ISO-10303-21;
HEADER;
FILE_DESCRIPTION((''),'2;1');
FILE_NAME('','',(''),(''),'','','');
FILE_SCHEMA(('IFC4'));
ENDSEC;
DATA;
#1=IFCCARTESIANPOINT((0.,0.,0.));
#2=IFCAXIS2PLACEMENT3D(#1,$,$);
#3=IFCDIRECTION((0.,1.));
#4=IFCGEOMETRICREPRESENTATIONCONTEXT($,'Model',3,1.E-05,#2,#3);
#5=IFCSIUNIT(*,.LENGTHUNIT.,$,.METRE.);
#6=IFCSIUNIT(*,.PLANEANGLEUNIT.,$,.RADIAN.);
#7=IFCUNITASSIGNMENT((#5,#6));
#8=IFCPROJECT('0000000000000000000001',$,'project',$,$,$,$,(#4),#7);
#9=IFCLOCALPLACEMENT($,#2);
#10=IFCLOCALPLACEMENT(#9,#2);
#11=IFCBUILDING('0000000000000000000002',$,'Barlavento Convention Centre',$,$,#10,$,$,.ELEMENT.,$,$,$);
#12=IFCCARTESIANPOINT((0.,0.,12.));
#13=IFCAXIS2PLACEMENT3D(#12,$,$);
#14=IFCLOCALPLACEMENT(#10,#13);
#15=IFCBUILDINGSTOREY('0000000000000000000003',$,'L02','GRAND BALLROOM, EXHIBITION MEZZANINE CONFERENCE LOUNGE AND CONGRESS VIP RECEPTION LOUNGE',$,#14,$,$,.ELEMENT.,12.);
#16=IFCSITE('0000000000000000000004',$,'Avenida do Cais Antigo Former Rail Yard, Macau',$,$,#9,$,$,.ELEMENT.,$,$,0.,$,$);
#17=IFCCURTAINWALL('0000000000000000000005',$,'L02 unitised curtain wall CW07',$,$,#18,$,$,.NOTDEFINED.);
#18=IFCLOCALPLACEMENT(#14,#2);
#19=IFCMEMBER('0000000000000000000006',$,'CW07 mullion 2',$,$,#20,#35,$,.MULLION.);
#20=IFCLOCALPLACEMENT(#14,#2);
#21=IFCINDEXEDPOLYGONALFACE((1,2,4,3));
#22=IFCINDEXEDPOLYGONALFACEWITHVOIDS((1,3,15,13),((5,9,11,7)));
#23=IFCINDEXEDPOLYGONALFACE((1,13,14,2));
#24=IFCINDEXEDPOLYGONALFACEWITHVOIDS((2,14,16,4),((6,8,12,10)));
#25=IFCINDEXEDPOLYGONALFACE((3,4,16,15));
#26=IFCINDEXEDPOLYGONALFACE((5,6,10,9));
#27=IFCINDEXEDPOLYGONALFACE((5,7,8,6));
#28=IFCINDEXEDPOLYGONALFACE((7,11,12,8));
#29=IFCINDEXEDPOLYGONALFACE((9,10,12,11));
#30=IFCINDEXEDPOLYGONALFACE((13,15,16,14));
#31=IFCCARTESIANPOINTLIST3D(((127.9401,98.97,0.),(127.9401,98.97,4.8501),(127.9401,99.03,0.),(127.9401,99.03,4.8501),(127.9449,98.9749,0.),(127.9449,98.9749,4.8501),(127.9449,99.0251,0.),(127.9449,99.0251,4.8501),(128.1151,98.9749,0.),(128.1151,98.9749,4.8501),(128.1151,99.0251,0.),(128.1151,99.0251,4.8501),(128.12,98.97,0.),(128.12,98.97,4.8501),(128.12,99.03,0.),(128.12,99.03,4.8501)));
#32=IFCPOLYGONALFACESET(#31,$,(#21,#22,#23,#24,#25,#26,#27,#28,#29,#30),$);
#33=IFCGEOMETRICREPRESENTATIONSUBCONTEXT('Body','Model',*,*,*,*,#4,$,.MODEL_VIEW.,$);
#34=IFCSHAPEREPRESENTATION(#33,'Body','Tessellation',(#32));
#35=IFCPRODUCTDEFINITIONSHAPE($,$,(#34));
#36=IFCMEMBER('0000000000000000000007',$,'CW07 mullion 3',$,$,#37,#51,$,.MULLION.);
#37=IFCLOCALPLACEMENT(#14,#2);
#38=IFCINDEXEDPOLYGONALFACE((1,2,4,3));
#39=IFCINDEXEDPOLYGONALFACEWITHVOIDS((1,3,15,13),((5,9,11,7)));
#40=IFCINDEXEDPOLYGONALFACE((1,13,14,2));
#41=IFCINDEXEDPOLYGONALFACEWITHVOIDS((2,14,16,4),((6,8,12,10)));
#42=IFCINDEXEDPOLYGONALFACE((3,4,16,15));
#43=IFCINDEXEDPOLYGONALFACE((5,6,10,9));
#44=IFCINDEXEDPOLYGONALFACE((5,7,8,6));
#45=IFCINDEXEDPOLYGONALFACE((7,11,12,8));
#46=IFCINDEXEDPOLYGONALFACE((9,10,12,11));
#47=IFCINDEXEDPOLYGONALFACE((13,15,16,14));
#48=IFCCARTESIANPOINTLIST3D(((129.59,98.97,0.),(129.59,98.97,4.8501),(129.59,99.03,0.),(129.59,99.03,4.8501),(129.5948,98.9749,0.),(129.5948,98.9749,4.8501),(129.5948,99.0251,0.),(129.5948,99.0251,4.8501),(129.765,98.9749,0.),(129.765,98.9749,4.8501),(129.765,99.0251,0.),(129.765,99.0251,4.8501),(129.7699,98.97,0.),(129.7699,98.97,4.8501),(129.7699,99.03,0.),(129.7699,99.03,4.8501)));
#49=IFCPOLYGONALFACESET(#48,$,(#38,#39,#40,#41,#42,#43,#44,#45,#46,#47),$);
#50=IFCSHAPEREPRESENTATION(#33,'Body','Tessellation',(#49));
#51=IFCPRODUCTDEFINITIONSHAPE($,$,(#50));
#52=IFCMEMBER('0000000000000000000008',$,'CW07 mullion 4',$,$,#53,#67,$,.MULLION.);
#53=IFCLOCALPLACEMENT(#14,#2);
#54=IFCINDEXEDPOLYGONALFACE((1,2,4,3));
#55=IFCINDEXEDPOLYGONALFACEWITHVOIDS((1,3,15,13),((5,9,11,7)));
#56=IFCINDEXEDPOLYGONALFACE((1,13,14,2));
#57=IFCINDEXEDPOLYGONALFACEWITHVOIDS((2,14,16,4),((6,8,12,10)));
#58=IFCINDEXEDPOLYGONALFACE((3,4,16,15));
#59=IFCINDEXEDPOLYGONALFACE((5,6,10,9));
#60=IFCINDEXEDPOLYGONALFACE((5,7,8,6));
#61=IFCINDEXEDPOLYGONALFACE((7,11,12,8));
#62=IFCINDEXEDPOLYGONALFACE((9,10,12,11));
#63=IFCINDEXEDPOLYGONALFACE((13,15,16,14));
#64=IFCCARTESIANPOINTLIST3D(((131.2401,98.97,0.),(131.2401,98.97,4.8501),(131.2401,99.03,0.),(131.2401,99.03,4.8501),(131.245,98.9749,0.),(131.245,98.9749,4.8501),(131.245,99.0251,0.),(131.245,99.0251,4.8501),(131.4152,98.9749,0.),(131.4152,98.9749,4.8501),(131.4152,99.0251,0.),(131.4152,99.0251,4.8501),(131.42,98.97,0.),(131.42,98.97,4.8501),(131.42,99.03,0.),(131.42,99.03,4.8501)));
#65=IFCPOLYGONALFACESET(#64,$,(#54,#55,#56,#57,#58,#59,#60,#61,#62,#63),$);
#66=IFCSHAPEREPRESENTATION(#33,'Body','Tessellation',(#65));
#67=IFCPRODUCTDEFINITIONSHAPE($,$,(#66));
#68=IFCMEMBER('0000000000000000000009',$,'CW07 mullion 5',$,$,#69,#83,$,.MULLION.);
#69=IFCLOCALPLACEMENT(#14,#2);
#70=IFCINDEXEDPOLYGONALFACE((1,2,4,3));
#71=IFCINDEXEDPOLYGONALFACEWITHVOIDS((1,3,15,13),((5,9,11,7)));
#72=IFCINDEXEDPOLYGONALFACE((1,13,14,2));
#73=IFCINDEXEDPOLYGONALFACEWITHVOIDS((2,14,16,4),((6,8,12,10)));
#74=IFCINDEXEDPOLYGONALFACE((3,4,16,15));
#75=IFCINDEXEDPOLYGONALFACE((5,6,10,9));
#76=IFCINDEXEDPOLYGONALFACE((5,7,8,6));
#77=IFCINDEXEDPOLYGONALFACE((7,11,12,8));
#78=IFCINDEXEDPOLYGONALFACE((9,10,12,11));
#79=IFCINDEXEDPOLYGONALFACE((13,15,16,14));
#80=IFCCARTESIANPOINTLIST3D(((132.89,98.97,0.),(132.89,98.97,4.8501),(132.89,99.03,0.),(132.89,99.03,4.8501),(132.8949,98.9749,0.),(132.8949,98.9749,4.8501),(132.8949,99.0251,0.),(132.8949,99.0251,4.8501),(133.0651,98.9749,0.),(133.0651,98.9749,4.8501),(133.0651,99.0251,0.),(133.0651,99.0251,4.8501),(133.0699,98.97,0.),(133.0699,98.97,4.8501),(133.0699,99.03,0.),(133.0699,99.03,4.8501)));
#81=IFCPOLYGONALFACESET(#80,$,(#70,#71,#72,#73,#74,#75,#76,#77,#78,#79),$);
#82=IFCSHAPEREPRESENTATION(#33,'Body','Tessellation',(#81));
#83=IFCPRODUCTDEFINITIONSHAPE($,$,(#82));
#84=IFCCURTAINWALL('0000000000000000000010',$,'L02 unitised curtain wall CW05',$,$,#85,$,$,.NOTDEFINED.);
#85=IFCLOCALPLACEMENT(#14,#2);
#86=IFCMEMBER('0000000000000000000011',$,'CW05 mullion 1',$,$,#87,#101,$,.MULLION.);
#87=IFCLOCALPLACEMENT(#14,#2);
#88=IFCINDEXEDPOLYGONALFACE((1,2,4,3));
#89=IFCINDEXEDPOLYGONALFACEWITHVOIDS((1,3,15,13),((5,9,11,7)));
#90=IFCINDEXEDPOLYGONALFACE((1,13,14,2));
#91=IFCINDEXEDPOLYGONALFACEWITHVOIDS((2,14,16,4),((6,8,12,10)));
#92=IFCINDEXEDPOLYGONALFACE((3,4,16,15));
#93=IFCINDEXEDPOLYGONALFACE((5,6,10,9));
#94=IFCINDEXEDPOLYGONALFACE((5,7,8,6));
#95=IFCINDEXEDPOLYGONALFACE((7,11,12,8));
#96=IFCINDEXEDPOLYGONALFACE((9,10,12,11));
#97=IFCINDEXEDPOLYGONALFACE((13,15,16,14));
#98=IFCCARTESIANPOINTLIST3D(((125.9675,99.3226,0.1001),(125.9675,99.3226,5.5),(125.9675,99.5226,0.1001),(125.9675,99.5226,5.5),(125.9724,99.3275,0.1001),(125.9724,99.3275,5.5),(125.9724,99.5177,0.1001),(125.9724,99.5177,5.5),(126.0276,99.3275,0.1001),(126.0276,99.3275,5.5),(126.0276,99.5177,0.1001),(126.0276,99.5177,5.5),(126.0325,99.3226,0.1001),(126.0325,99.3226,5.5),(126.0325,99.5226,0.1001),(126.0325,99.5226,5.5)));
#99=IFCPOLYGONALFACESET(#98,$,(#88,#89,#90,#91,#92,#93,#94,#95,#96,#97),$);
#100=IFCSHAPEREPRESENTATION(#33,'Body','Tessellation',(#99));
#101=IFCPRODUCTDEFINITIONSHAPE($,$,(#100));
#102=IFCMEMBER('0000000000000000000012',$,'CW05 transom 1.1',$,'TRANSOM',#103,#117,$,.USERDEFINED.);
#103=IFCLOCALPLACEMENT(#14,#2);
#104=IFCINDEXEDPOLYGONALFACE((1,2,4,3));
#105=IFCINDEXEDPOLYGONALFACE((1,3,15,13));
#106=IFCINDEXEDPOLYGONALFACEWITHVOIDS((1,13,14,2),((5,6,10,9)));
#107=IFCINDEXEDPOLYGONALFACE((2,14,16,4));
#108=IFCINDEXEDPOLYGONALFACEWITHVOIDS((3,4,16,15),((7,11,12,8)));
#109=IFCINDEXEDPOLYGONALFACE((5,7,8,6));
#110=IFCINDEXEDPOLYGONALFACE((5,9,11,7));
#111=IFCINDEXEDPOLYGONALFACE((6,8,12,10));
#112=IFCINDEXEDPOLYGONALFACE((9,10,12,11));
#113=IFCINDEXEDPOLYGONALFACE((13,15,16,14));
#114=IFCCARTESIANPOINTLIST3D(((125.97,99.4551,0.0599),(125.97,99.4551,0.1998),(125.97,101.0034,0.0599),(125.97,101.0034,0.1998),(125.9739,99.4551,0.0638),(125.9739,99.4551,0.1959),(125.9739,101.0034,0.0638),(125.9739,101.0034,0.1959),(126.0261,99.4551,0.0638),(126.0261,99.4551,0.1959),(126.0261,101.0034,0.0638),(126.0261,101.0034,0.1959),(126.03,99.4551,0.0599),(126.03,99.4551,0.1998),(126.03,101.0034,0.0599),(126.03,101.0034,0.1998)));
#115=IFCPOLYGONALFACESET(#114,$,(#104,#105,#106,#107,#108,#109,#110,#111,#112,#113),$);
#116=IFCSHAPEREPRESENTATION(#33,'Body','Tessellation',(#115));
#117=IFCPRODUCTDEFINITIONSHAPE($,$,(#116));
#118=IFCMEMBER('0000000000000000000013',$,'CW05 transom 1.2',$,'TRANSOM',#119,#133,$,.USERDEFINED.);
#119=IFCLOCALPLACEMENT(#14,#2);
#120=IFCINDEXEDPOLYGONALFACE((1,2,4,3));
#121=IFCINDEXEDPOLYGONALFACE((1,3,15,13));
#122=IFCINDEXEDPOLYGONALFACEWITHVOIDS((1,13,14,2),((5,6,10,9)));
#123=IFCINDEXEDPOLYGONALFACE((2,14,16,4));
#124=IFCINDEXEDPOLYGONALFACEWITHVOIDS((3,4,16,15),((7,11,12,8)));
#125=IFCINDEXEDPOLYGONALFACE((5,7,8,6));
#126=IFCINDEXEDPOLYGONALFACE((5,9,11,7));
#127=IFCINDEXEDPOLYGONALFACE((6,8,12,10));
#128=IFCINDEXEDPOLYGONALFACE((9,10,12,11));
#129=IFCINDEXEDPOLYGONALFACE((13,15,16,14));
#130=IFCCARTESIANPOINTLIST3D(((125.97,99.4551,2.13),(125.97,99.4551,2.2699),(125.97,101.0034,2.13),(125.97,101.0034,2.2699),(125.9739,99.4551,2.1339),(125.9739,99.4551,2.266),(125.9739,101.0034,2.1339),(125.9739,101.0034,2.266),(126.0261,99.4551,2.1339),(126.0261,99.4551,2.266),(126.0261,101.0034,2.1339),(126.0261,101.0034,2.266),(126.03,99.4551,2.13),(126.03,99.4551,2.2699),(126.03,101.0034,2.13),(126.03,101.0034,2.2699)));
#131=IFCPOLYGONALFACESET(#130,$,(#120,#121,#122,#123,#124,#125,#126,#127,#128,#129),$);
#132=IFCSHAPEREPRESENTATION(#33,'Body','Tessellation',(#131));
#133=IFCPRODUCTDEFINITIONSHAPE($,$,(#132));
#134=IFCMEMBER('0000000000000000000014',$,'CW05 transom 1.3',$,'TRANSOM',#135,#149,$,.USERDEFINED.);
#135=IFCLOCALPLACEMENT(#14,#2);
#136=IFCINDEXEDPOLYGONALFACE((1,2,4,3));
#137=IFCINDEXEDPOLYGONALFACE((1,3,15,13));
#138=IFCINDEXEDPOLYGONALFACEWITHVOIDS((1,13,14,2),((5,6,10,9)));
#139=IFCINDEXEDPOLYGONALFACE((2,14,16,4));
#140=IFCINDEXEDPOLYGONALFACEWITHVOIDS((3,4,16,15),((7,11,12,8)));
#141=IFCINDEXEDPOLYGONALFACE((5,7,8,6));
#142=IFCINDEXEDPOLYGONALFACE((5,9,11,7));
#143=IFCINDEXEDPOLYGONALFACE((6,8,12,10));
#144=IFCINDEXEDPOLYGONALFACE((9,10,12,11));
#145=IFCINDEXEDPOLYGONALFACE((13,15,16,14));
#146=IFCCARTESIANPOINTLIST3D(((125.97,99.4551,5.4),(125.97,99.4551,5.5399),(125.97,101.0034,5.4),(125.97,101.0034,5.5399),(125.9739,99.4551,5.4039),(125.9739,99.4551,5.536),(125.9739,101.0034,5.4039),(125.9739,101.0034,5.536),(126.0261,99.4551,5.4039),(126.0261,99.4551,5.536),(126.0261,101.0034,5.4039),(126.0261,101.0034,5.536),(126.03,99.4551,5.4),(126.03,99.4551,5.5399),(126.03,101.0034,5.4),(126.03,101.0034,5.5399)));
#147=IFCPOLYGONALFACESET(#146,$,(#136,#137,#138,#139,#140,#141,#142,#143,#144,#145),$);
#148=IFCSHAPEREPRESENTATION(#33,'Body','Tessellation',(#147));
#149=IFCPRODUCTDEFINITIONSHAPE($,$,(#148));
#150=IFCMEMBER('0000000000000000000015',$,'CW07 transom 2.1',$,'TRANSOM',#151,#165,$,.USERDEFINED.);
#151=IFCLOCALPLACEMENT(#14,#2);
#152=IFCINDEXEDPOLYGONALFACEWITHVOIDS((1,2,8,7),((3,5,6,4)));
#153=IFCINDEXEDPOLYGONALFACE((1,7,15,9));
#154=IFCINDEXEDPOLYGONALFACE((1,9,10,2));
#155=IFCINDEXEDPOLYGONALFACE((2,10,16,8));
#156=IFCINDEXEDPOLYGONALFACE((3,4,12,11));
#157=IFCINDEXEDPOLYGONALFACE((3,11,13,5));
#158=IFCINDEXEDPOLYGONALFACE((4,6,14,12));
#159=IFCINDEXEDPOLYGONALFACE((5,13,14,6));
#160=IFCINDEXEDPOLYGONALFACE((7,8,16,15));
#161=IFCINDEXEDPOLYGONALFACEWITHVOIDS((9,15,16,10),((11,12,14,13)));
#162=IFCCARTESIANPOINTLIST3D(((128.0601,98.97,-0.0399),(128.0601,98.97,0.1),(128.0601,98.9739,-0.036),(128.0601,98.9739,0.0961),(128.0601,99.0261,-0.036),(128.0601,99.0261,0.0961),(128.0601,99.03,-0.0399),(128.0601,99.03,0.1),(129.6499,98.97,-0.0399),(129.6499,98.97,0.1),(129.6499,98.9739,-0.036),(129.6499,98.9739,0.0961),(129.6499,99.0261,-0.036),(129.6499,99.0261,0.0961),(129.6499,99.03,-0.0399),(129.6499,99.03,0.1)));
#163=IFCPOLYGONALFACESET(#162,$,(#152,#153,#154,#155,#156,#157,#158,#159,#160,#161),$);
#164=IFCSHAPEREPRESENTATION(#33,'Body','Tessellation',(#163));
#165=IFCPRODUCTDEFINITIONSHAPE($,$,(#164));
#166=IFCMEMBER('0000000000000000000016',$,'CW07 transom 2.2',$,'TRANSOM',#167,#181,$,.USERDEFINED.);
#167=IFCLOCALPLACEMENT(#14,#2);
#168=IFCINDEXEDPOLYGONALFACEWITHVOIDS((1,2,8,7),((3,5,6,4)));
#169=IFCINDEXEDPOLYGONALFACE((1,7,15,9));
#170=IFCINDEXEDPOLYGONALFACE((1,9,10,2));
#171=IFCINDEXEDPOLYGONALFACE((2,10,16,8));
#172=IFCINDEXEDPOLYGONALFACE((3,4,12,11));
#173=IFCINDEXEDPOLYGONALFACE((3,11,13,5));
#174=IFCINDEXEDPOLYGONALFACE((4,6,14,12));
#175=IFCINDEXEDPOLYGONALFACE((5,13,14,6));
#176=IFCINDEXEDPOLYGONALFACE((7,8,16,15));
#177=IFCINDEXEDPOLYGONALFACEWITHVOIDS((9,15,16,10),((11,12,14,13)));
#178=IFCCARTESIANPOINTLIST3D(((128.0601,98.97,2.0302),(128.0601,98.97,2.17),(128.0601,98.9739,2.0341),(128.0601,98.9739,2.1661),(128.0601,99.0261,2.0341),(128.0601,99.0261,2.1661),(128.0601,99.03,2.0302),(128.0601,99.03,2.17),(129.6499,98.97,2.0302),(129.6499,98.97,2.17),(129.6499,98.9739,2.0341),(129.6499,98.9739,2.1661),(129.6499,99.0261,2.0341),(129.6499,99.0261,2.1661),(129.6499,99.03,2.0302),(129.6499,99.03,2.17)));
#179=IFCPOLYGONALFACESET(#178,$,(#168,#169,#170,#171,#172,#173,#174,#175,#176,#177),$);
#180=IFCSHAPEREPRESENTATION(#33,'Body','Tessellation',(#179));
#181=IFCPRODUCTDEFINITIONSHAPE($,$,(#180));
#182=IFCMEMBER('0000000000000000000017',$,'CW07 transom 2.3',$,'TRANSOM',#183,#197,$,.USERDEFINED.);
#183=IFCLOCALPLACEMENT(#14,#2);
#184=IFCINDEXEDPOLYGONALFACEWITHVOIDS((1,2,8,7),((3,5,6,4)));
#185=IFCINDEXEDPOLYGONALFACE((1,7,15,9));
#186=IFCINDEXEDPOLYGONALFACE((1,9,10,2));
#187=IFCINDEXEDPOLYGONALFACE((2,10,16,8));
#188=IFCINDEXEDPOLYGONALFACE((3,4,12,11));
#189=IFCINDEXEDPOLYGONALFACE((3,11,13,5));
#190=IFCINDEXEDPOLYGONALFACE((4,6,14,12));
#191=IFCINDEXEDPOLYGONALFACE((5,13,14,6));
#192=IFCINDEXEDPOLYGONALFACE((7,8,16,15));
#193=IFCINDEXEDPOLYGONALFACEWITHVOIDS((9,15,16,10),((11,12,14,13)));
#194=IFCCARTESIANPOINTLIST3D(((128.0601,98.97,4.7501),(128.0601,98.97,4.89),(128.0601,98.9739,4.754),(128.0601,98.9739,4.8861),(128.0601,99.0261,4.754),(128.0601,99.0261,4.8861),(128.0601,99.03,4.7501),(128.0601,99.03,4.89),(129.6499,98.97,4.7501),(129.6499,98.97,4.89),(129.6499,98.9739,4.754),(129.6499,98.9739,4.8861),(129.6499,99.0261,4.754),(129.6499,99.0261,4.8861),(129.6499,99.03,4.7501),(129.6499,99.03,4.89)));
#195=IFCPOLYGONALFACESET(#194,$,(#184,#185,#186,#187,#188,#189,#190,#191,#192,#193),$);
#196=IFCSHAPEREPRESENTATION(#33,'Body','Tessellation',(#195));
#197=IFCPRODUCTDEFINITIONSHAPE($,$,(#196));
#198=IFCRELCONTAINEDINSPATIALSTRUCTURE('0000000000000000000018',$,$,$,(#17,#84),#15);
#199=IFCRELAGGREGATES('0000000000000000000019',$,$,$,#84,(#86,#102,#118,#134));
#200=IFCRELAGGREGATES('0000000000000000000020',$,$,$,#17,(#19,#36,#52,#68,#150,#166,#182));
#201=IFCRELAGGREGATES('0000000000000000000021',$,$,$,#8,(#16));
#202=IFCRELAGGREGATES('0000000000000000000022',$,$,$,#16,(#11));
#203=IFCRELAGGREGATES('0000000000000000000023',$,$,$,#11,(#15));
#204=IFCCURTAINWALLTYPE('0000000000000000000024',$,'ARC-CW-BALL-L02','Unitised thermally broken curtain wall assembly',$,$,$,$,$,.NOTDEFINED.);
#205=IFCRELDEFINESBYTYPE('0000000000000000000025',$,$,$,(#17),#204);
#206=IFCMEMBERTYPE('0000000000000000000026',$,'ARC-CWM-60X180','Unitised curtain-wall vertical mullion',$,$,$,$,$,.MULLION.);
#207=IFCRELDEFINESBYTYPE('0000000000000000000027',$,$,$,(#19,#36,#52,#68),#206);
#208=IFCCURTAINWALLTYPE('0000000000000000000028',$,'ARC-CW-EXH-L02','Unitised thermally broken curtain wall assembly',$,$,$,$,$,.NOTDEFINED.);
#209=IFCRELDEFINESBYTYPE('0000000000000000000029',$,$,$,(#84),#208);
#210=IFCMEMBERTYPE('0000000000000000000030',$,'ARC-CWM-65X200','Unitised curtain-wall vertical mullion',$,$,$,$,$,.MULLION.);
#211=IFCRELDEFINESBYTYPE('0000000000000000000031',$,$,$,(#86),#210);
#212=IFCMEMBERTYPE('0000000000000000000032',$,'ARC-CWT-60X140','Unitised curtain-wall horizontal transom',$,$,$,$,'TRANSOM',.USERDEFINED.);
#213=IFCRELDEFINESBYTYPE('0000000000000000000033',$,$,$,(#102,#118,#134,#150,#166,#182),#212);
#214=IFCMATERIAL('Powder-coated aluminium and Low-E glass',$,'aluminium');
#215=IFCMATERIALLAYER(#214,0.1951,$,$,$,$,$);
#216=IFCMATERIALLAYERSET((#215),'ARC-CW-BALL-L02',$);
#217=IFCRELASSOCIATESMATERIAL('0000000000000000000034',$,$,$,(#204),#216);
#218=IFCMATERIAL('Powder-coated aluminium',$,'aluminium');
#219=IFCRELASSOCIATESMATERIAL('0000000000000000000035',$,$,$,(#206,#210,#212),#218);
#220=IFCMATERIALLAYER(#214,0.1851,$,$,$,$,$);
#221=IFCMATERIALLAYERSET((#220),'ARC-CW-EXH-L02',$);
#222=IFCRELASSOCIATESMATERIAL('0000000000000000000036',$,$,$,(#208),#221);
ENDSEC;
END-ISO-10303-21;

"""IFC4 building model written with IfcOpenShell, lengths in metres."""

from ifc_helpers import new_model, si_unit, direction, frame, origin, origin_2d, place, context, subcontext, project, spatial, hollow_rectangle, extrude, material, layer, layer_set, material_profile, profile_set, type_object, element, aggregate, save


model = new_model("IFC4")

# Units and contexts
model_context = context("Model", 3, precision=1e-05, world=origin(), true_north=direction((0.0, 1.0)))
body_context = subcontext(model_context, "Body", "Model", "MODEL_VIEW")
ifc_project = project(units=[si_unit("LENGTHUNIT", "METRE"), si_unit("PLANEANGLEUNIT", "RADIAN")], contexts=[model_context])

# Site, building, storey
site_placement = place(None, origin())
site = spatial("IfcSite", under=ifc_project, at=site_placement, Name="Avenida do Cais Antigo Former Rail Yard, Macau", CompositionType="ELEMENT", RefElevation=0.0)
building_placement = place(site_placement, origin())
building = spatial("IfcBuilding", under=site, at=building_placement, Name="Barlavento Convention Centre", CompositionType="ELEMENT")
storey_placement = place(building_placement, frame((0.0, 0.0, 12.0)))
storey = spatial("IfcBuildingStorey", under=building, at=storey_placement, Name="L02", Description="GRAND BALLROOM, EXHIBITION MEZZANINE CONFERENCE LOUNGE AND CONGRESS VIP RECEPTION LOUNGE", CompositionType="ELEMENT", Elevation=12.0)

# Curtain walls, members
ifc_material_1 = material(Name="Powder-coated aluminium and Low-E glass", Category="aluminium")
ifc_layer_1 = layer(ifc_material_1, 0.1951)
ifc_layer_set_1 = layer_set([ifc_layer_1], Name="ARC-CW-BALL-L02")
curtain_wall_type_1 = type_object("IfcCurtainWallType", Name="ARC-CW-BALL-L02", Description="Unitised thermally broken curtain wall assembly", PredefinedType="NOTDEFINED", material=ifc_layer_set_1)
curtain_wall_1_placement = place(storey_placement, origin())
curtain_wall_1 = element("IfcCurtainWall", 1, at=curtain_wall_1_placement, inside=storey, type_object=curtain_wall_type_1, Name="L02 unitised curtain wall CW07", PredefinedType="NOTDEFINED")
ifc_material_2 = material(Name="Powder-coated aluminium", Category="aluminium")
ifc_material_profile_1 = material_profile(ifc_material_2, hollow_rectangle(XDim=0.0601, YDim=0.1799, WallThickness=0.0049, at=origin_2d()), Name="AL-MULL 60x180x5")
ifc_profile_set_1 = profile_set([ifc_material_profile_1], Name="Powder-coated aluminium")
member_type_1 = type_object("IfcMemberType", Name="ARC-CWM-60X180", Description="Unitised curtain-wall vertical mullion", PredefinedType="MULLION", material=ifc_profile_set_1)
member_1_placement = place(storey_placement, frame((128.03, 99.0, 0.0), z_axis=(0.0, 0.0, 1.0), x_axis=(0.0, 1.0, 0.0)))
member_1 = element("IfcMember", 2, at=member_1_placement, type_object=member_type_1, Name="CW07 mullion 2", PredefinedType="MULLION", context=body_context, shape_type="SweptSolid", body=[
    extrude(hollow_rectangle(XDim=0.0601, YDim=0.1799, WallThickness=0.0049, at=origin_2d()), origin(), (0.0, 0.0, 1.0), 4.8501),
])
member_2_placement = place(storey_placement, frame((129.6799, 99.0, 0.0), z_axis=(0.0, 0.0, 1.0), x_axis=(0.0, 1.0, 0.0)))
member_2 = element("IfcMember", 3, at=member_2_placement, type_object=member_type_1, Name="CW07 mullion 3", PredefinedType="MULLION", context=body_context, shape_type="SweptSolid", body=[
    extrude(hollow_rectangle(XDim=0.0601, YDim=0.1799, WallThickness=0.0049, at=origin_2d()), origin(), (0.0, 0.0, 1.0), 4.8501),
])
member_3_placement = place(storey_placement, frame((131.3301, 99.0, 0.0), z_axis=(0.0, 0.0, 1.0), x_axis=(0.0, 1.0, 0.0)))
member_3 = element("IfcMember", 4, at=member_3_placement, type_object=member_type_1, Name="CW07 mullion 4", PredefinedType="MULLION", context=body_context, shape_type="SweptSolid", body=[
    extrude(hollow_rectangle(XDim=0.0601, YDim=0.1799, WallThickness=0.0049, at=origin_2d()), origin(), (0.0, 0.0, 1.0), 4.8501),
])
member_4_placement = place(storey_placement, frame((132.98, 99.0, 0.0), z_axis=(0.0, 0.0, 1.0), x_axis=(0.0, 1.0, 0.0)))
member_4 = element("IfcMember", 5, at=member_4_placement, type_object=member_type_1, Name="CW07 mullion 5", PredefinedType="MULLION", context=body_context, shape_type="SweptSolid", body=[
    extrude(hollow_rectangle(XDim=0.0601, YDim=0.1799, WallThickness=0.0049, at=origin_2d()), origin(), (0.0, 0.0, 1.0), 4.8501),
])
ifc_layer_2 = layer(ifc_material_1, 0.1851)
ifc_layer_set_2 = layer_set([ifc_layer_2], Name="ARC-CW-EXH-L02")
curtain_wall_type_2 = type_object("IfcCurtainWallType", Name="ARC-CW-EXH-L02", Description="Unitised thermally broken curtain wall assembly", PredefinedType="NOTDEFINED", material=ifc_layer_set_2)
curtain_wall_2_placement = place(storey_placement, origin())
curtain_wall_2 = element("IfcCurtainWall", 6, at=curtain_wall_2_placement, inside=storey, type_object=curtain_wall_type_2, Name="L02 unitised curtain wall CW05", PredefinedType="NOTDEFINED")
ifc_material_profile_2 = material_profile(ifc_material_2, hollow_rectangle(XDim=0.0649, YDim=0.2, WallThickness=0.0049, at=origin_2d()), Name="AL-MULL 65x200x5")
ifc_profile_set_2 = profile_set([ifc_material_profile_2], Name="Powder-coated aluminium")
member_type_2 = type_object("IfcMemberType", Name="ARC-CWM-65X200", Description="Unitised curtain-wall vertical mullion", PredefinedType="MULLION", material=ifc_profile_set_2)
member_5_placement = place(storey_placement, frame((126.0, 99.4226, 0.1001), z_axis=(0.0, 0.0, 1.0), x_axis=(-1.0, 0.0, 0.0)))
member_5 = element("IfcMember", 7, at=member_5_placement, type_object=member_type_2, Name="CW05 mullion 1", PredefinedType="MULLION", context=body_context, shape_type="SweptSolid", body=[
    extrude(hollow_rectangle(XDim=0.0649, YDim=0.2, WallThickness=0.0049, at=origin_2d()), origin(), (0.0, 0.0, 1.0), 5.3999),
])
ifc_material_profile_3 = material_profile(ifc_material_2, hollow_rectangle(XDim=0.0601, YDim=0.1399, WallThickness=0.0039, at=origin_2d()), Name="AL-TRAN 60x140x4")
ifc_profile_set_3 = profile_set([ifc_material_profile_3], Name="Powder-coated aluminium")
member_type_3 = type_object("IfcMemberType", Name="ARC-CWT-60X140", Description="Unitised curtain-wall horizontal transom", ElementType="TRANSOM", PredefinedType="USERDEFINED", material=ifc_profile_set_3)
member_6_placement = place(storey_placement, frame((126.0, 99.4551, 0.1299), z_axis=(0.0, 1.0, 0.0), x_axis=(-1.0, 0.0, 0.0)))
member_6 = element("IfcMember", 8, at=member_6_placement, type_object=member_type_3, Name="CW05 transom 1.1", ObjectType="TRANSOM", PredefinedType="USERDEFINED", context=body_context, shape_type="SweptSolid", body=[
    extrude(hollow_rectangle(XDim=0.0601, YDim=0.1399, WallThickness=0.0039, at=origin_2d()), origin(), (0.0, 0.0, 1.0), 1.5483),
])
member_7_placement = place(storey_placement, frame((126.0, 99.4551, 2.2), z_axis=(0.0, 1.0, 0.0), x_axis=(-1.0, 0.0, 0.0)))
member_7 = element("IfcMember", 9, at=member_7_placement, type_object=member_type_3, Name="CW05 transom 1.2", ObjectType="TRANSOM", PredefinedType="USERDEFINED", context=body_context, shape_type="SweptSolid", body=[
    extrude(hollow_rectangle(XDim=0.0601, YDim=0.1399, WallThickness=0.0039, at=origin_2d()), origin(), (0.0, 0.0, 1.0), 1.5483),
])
member_8_placement = place(storey_placement, frame((126.0, 99.4551, 5.47), z_axis=(0.0, 1.0, 0.0), x_axis=(-1.0, 0.0, 0.0)))
member_8 = element("IfcMember", 10, at=member_8_placement, type_object=member_type_3, Name="CW05 transom 1.3", ObjectType="TRANSOM", PredefinedType="USERDEFINED", context=body_context, shape_type="SweptSolid", body=[
    extrude(hollow_rectangle(XDim=0.0601, YDim=0.1399, WallThickness=0.0039, at=origin_2d()), origin(), (0.0, 0.0, 1.0), 1.5483),
])
aggregate(curtain_wall_2, [member_5, member_6, member_7, member_8])

# Members
member_9_placement = place(storey_placement, frame((128.0601, 99.0, 0.03), z_axis=(1.0, 0.0, 0.0), x_axis=(0.0, 1.0, 0.0)))
member_9 = element("IfcMember", 11, at=member_9_placement, type_object=member_type_3, Name="CW07 transom 2.1", ObjectType="TRANSOM", PredefinedType="USERDEFINED", context=body_context, shape_type="SweptSolid", body=[
    extrude(hollow_rectangle(XDim=0.0601, YDim=0.1399, WallThickness=0.0039, at=origin_2d()), origin(), (0.0, 0.0, 1.0), 1.5898),
])
member_10_placement = place(storey_placement, frame((128.0601, 99.0, 2.1001), z_axis=(1.0, 0.0, 0.0), x_axis=(0.0, 1.0, 0.0)))
member_10 = element("IfcMember", 12, at=member_10_placement, type_object=member_type_3, Name="CW07 transom 2.2", ObjectType="TRANSOM", PredefinedType="USERDEFINED", context=body_context, shape_type="SweptSolid", body=[
    extrude(hollow_rectangle(XDim=0.0601, YDim=0.1399, WallThickness=0.0039, at=origin_2d()), origin(), (0.0, 0.0, 1.0), 1.5898),
])
member_11_placement = place(storey_placement, frame((128.0601, 99.0, 4.8201), z_axis=(1.0, 0.0, 0.0), x_axis=(0.0, 1.0, 0.0)))
member_11 = element("IfcMember", 13, at=member_11_placement, type_object=member_type_3, Name="CW07 transom 2.3", ObjectType="TRANSOM", PredefinedType="USERDEFINED", context=body_context, shape_type="SweptSolid", body=[
    extrude(hollow_rectangle(XDim=0.0601, YDim=0.1399, WallThickness=0.0039, at=origin_2d()), origin(), (0.0, 0.0, 1.0), 1.5898),
])

aggregate(curtain_wall_1, [member_1, member_2, member_3, member_4, member_9, member_10, member_11])

save(model, "model.ifc")
